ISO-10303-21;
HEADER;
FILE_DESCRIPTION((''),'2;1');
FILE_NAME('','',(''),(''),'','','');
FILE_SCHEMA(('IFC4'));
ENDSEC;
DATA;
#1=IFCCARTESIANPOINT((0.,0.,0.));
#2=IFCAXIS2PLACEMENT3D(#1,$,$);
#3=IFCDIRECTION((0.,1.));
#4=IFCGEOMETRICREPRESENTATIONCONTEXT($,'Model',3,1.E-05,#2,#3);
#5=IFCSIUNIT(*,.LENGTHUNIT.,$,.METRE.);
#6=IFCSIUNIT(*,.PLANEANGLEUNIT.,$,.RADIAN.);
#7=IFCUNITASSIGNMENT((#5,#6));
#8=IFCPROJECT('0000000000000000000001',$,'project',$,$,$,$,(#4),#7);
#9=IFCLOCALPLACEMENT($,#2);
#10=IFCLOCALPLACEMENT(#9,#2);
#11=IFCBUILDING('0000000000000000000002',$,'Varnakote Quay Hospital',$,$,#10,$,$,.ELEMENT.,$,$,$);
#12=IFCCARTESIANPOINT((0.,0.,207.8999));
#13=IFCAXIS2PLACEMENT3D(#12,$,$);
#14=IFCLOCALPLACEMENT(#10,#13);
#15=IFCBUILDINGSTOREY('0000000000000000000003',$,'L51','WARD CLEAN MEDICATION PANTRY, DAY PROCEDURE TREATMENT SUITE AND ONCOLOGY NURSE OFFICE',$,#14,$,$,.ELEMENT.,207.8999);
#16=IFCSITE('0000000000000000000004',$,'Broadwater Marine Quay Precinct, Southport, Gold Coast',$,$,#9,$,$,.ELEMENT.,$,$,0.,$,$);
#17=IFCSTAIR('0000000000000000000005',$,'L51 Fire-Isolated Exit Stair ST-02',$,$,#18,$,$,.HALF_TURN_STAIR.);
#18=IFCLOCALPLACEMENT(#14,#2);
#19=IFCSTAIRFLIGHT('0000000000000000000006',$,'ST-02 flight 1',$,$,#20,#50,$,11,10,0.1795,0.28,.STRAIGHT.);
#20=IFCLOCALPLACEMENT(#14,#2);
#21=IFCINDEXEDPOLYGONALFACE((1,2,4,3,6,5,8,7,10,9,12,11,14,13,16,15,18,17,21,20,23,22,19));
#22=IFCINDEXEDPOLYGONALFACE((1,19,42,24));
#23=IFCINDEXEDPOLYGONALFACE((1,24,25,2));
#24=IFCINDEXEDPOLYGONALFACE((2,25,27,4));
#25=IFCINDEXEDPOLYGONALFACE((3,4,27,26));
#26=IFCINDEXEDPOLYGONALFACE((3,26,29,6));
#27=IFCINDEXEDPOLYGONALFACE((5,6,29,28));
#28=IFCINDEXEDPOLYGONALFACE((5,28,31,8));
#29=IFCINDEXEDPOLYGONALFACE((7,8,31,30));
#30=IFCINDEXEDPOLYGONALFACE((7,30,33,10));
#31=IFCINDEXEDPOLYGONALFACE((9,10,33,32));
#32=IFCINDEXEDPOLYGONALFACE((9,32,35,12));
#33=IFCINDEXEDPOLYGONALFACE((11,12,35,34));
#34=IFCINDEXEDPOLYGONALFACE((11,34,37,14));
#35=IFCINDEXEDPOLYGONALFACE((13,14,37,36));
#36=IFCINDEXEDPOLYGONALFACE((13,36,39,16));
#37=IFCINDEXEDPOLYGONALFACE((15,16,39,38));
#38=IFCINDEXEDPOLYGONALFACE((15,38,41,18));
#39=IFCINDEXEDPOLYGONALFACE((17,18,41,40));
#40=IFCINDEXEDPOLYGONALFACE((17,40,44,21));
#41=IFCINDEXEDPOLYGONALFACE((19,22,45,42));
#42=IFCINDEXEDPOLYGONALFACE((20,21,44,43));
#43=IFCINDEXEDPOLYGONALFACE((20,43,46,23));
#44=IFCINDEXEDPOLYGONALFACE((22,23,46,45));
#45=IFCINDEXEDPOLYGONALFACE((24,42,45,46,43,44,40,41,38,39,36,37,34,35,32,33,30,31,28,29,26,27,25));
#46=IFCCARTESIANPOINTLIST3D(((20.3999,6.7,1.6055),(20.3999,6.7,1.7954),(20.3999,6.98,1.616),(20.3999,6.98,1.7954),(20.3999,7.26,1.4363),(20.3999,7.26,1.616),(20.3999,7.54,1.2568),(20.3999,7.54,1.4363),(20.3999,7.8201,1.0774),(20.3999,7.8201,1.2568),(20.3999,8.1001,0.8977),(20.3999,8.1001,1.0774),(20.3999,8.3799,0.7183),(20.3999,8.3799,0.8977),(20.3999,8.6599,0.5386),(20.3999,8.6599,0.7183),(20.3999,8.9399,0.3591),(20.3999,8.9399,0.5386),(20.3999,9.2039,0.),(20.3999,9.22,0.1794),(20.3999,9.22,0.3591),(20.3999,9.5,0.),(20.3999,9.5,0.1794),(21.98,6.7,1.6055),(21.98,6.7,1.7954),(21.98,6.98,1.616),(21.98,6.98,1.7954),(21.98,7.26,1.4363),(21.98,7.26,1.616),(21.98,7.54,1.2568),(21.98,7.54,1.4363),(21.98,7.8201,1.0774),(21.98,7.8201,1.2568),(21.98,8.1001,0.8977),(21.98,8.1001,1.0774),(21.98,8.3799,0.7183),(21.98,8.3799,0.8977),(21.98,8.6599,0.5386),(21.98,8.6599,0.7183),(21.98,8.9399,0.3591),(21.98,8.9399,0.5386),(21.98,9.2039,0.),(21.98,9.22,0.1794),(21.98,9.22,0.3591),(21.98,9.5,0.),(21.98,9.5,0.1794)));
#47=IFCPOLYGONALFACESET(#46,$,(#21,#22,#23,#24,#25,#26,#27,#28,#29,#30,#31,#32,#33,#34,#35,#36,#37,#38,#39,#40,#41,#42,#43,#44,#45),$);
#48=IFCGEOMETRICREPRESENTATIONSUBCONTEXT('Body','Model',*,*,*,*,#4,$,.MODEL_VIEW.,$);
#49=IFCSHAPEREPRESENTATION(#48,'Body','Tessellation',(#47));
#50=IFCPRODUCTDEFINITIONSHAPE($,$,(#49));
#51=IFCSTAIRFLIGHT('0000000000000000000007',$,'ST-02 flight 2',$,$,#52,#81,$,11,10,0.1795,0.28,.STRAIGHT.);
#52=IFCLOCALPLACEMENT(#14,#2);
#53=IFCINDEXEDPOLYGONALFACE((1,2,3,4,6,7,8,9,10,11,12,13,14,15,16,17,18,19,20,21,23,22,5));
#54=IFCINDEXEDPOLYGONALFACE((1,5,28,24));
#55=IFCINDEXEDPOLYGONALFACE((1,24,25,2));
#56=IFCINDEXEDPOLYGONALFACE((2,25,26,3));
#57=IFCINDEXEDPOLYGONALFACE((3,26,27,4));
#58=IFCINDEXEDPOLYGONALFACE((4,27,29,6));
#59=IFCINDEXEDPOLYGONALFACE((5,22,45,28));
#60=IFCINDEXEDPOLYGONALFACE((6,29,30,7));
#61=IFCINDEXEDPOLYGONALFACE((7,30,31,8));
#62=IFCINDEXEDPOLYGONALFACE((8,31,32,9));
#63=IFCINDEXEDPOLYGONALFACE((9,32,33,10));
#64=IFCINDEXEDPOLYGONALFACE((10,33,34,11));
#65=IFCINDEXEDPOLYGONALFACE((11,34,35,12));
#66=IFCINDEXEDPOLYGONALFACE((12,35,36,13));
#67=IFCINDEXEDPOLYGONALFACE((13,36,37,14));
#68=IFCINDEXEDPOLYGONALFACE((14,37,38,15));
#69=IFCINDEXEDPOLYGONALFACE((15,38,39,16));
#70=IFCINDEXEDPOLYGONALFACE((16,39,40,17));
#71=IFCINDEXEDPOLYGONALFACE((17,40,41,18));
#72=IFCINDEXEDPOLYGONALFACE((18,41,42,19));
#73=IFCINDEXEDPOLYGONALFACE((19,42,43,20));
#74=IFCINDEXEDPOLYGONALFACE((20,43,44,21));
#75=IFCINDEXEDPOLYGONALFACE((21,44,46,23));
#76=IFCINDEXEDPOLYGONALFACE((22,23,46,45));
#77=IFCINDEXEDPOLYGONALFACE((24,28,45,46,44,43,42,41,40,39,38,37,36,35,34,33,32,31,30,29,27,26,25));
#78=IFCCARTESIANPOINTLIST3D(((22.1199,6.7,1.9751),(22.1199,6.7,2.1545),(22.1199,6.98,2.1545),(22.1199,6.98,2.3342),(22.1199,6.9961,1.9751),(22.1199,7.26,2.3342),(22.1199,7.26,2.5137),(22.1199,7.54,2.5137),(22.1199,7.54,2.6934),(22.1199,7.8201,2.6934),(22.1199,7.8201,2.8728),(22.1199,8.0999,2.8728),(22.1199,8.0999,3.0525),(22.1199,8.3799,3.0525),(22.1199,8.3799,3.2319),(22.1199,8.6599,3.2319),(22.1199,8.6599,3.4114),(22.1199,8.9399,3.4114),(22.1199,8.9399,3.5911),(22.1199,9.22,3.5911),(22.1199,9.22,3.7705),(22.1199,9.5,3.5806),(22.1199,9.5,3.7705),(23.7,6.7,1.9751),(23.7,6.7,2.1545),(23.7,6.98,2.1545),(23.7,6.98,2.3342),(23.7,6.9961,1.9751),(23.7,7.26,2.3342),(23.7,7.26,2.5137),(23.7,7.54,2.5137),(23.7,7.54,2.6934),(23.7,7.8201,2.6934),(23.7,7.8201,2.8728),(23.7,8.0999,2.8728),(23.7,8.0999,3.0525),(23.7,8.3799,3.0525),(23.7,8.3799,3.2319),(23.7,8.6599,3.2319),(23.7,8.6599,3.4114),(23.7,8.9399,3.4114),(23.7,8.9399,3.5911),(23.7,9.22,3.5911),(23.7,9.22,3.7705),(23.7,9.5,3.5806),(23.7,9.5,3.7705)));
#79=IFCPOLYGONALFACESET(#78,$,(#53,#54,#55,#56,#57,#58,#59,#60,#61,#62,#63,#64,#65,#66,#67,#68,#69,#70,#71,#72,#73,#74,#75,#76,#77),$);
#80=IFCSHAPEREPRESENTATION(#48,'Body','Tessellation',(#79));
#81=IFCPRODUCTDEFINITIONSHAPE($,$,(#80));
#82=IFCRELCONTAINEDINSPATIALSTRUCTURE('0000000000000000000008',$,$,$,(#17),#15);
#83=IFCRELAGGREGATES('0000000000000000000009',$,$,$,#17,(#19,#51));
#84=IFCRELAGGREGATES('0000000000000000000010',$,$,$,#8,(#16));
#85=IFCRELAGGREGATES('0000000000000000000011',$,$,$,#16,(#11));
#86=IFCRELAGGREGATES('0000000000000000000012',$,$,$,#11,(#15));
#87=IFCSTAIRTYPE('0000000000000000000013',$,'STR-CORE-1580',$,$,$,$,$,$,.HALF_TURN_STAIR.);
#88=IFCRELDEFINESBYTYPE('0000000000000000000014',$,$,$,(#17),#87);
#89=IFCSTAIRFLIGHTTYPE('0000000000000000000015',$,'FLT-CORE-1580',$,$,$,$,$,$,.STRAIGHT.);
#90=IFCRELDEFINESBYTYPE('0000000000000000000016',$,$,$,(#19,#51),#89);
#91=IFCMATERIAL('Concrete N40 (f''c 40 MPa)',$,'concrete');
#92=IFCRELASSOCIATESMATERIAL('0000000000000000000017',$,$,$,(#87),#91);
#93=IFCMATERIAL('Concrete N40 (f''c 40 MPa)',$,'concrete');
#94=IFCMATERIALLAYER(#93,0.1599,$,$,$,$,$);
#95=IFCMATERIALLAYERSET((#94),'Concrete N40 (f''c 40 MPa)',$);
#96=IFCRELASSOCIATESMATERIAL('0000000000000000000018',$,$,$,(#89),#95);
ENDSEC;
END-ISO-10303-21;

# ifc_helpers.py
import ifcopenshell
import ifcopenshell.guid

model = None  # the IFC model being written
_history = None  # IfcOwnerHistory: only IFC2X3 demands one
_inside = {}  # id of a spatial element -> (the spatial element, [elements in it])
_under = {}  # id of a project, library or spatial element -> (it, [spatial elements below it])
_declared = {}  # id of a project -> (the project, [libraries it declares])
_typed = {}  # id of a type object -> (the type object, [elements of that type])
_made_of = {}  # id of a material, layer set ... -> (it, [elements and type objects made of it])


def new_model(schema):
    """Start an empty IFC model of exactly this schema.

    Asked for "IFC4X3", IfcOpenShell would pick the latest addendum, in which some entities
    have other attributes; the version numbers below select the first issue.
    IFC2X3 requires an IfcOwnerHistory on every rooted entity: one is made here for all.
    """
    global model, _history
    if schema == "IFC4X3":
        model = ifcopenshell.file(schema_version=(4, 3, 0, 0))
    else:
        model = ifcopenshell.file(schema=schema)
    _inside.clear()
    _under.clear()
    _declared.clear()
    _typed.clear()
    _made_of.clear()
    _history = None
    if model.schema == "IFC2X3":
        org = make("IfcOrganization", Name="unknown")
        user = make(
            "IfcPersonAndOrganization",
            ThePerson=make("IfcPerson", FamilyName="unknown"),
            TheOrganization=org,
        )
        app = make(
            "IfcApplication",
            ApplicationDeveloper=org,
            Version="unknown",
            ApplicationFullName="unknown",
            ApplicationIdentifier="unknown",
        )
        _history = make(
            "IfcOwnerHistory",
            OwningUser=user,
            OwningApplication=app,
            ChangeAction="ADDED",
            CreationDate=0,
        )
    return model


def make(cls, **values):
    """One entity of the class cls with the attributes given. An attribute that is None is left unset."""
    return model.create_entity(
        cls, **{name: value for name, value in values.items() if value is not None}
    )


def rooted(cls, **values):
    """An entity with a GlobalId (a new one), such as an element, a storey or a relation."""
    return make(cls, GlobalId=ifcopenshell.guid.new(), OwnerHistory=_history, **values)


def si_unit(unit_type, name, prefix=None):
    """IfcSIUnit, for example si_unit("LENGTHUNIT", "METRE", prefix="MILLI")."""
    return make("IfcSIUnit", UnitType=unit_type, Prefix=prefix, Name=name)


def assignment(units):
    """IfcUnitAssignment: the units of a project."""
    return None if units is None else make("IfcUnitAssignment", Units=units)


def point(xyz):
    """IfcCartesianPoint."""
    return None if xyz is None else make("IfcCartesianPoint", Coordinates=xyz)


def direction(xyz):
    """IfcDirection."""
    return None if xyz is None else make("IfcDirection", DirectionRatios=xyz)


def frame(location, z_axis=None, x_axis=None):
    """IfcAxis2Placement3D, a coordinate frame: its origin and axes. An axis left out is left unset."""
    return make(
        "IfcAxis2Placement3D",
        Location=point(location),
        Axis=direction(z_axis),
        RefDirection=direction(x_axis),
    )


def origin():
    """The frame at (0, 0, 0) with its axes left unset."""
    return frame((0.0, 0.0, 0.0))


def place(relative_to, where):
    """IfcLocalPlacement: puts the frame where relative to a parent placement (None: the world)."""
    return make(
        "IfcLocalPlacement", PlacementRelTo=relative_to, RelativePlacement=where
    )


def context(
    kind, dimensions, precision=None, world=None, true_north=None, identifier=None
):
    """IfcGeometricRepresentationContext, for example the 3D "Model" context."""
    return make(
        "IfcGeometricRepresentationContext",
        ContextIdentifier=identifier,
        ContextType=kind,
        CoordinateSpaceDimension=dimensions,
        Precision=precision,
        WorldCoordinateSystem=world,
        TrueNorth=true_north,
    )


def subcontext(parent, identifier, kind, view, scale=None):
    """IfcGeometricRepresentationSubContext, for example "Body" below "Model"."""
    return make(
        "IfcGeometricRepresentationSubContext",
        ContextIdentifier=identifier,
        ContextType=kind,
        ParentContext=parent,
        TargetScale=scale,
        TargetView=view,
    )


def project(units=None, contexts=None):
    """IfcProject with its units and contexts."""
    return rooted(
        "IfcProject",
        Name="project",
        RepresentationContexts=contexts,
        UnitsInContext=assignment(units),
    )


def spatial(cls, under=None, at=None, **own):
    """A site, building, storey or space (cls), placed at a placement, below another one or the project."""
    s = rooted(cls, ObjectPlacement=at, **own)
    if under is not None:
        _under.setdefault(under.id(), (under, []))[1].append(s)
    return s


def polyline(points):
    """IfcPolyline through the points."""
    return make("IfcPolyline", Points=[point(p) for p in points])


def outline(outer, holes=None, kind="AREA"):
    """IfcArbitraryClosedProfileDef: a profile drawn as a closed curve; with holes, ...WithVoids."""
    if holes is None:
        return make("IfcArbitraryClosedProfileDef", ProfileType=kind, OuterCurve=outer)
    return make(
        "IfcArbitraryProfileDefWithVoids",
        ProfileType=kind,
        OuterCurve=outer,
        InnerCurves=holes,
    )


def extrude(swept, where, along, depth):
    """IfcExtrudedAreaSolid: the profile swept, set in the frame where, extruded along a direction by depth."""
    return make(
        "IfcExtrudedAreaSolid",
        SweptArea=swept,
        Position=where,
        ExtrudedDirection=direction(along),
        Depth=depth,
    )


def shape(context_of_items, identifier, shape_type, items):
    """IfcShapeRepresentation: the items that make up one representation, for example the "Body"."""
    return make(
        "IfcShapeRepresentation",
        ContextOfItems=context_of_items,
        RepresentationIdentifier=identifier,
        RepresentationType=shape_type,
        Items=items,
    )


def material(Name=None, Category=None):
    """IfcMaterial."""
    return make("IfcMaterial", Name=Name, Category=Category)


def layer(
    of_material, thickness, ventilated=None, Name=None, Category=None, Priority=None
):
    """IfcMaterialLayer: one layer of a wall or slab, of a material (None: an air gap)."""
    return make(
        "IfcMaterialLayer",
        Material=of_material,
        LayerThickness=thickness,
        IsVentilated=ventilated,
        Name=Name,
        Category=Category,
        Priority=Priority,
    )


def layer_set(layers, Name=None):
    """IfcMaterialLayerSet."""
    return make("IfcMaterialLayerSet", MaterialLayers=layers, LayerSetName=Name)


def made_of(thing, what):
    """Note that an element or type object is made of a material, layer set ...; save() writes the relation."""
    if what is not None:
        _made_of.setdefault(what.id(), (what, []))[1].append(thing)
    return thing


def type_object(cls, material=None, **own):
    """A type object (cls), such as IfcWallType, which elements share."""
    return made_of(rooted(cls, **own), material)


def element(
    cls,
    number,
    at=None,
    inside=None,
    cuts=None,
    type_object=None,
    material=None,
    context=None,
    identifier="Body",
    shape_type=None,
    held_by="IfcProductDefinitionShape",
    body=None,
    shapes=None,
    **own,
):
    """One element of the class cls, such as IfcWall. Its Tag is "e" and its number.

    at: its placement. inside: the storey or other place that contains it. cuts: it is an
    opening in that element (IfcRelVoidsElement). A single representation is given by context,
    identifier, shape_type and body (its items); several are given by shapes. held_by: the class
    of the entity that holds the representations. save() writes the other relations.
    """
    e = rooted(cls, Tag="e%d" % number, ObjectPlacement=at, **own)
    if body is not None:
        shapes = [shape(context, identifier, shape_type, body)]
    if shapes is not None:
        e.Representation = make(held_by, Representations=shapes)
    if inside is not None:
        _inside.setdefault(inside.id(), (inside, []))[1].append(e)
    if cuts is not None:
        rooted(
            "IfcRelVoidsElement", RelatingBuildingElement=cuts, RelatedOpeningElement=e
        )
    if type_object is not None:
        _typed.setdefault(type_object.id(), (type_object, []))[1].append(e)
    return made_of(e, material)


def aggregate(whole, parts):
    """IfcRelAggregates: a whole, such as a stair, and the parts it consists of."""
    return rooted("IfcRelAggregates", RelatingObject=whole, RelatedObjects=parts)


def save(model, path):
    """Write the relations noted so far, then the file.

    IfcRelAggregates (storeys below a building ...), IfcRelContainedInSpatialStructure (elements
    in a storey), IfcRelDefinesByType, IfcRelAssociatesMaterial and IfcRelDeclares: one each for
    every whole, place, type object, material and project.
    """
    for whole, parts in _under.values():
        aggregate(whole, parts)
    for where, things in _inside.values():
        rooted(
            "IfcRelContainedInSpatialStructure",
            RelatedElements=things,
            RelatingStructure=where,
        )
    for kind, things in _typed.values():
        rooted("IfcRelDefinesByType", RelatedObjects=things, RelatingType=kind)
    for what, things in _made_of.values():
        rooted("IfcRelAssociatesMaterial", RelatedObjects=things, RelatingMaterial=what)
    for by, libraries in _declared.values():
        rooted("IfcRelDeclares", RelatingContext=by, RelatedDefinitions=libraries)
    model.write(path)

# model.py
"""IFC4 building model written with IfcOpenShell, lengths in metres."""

from ifc_helpers import new_model, si_unit, direction, frame, origin, place, context, subcontext, project, spatial, polyline, outline, extrude, material, layer, layer_set, type_object, element, aggregate, save


model = new_model("IFC4")

# Units and contexts
model_context = context("Model", 3, precision=1e-05, world=origin(), true_north=direction((0.0, 1.0)))
body_context = subcontext(model_context, "Body", "Model", "MODEL_VIEW")
ifc_project = project(units=[si_unit("LENGTHUNIT", "METRE"), si_unit("PLANEANGLEUNIT", "RADIAN")], contexts=[model_context])

# Site, building, storey
site_placement = place(None, origin())
site = spatial("IfcSite", under=ifc_project, at=site_placement, Name="Broadwater Marine Quay Precinct, Southport, Gold Coast", CompositionType="ELEMENT", RefElevation=0.0)
building_placement = place(site_placement, origin())
building = spatial("IfcBuilding", under=site, at=building_placement, Name="Varnakote Quay Hospital", CompositionType="ELEMENT")
storey_placement = place(building_placement, frame((0.0, 0.0, 207.8999)))
storey = spatial("IfcBuildingStorey", under=building, at=storey_placement, Name="L51", Description="WARD CLEAN MEDICATION PANTRY, DAY PROCEDURE TREATMENT SUITE AND ONCOLOGY NURSE OFFICE", CompositionType="ELEMENT", Elevation=207.8999)

# Stair, stair flights
ifc_material_1 = material(Name="Concrete N40 (f'c 40 MPa)", Category="concrete")
stair_type = type_object("IfcStairType", Name="STR-CORE-1580", PredefinedType="HALF_TURN_STAIR", material=ifc_material_1)
stair_placement = place(storey_placement, origin())
stair = element("IfcStair", 1, at=stair_placement, inside=storey, type_object=stair_type, Name="L51 Fire-Isolated Exit Stair ST-02", PredefinedType="HALF_TURN_STAIR")
ifc_material_2 = material(Name="Concrete N40 (f'c 40 MPa)", Category="concrete")
ifc_layer_1 = layer(ifc_material_2, 0.1599)
ifc_layer_set_1 = layer_set([ifc_layer_1], Name="Concrete N40 (f'c 40 MPa)")
stair_flight_type = type_object("IfcStairFlightType", Name="FLT-CORE-1580", PredefinedType="STRAIGHT", material=ifc_layer_set_1)
stair_flight_1_placement = place(storey_placement, frame((21.1899, 9.5, 0.0), z_axis=(0.0, 0.0, 1.0), x_axis=(0.0, -1.0, 0.0)))
stair_flight_1 = element("IfcStairFlight", 2, at=stair_flight_1_placement, type_object=stair_flight_type, Name="ST-02 flight 1", NumberOfRisers=11, NumberOfTreads=10, PredefinedType="STRAIGHT", RiserHeight=0.1795, TreadLength=0.28, context=body_context, shape_type="SweptSolid", body=[
    extrude(outline(polyline([(0.0, 0.0), (0.0, 0.1794), (0.28, 0.1794), (0.28, 0.3591), (0.5601, 0.3591), (0.5601, 0.5386), (0.8401, 0.5386), (0.8401, 0.7183), (1.1201, 0.7183), (1.1201, 0.8977), (1.3999, 0.8977), (1.3999, 1.0774), (1.6799, 1.0774), (1.6799, 1.2568), (1.96, 1.2568), (1.96, 1.4363), (2.24, 1.4363), (2.24, 1.616), (2.52, 1.616), (2.52, 1.7954), (2.8, 1.7954), (2.8, 1.9751), (2.8, 1.6055), (0.2961, 0.0), (0.0, 0.0)])), frame((0.0, 0.79, 0.0), z_axis=(0.0, -1.0, 0.0), x_axis=(1.0, 0.0, 0.0)), (0.0, 0.0, 1.0), 1.5801),
])
stair_flight_2_placement = place(storey_placement, frame((22.9099, 6.7, 1.9751), z_axis=(0.0, 0.0, 1.0), x_axis=(0.0, 1.0, 0.0)))
stair_flight_2 = element("IfcStairFlight", 3, at=stair_flight_2_placement, type_object=stair_flight_type, Name="ST-02 flight 2", NumberOfRisers=11, NumberOfTreads=10, PredefinedType="STRAIGHT", RiserHeight=0.1795, TreadLength=0.28, context=body_context, shape_type="SweptSolid", body=[
    extrude(outline(polyline([(0.0, 0.0), (0.0, 0.1794), (0.28, 0.1794), (0.28, 0.3591), (0.5601, 0.3591), (0.5601, 0.5386), (0.8401, 0.5386), (0.8401, 0.7183), (1.1201, 0.7183), (1.1201, 0.8977), (1.3999, 0.8977), (1.3999, 1.0774), (1.6799, 1.0774), (1.6799, 1.2568), (1.96, 1.2568), (1.96, 1.4363), (2.24, 1.4363), (2.24, 1.616), (2.52, 1.616), (2.52, 1.7954), (2.8, 1.7954), (2.8, 1.9751), (2.8, 1.6055), (0.2961, 0.0), (0.0, 0.0)])), frame((0.0, 0.79, 0.0), z_axis=(0.0, -1.0, 0.0), x_axis=(1.0, 0.0, 0.0)), (0.0, 0.0, 1.0), 1.5801),
])
aggregate(stair, [stair_flight_1, stair_flight_2])

save(model, "model.ifc")
